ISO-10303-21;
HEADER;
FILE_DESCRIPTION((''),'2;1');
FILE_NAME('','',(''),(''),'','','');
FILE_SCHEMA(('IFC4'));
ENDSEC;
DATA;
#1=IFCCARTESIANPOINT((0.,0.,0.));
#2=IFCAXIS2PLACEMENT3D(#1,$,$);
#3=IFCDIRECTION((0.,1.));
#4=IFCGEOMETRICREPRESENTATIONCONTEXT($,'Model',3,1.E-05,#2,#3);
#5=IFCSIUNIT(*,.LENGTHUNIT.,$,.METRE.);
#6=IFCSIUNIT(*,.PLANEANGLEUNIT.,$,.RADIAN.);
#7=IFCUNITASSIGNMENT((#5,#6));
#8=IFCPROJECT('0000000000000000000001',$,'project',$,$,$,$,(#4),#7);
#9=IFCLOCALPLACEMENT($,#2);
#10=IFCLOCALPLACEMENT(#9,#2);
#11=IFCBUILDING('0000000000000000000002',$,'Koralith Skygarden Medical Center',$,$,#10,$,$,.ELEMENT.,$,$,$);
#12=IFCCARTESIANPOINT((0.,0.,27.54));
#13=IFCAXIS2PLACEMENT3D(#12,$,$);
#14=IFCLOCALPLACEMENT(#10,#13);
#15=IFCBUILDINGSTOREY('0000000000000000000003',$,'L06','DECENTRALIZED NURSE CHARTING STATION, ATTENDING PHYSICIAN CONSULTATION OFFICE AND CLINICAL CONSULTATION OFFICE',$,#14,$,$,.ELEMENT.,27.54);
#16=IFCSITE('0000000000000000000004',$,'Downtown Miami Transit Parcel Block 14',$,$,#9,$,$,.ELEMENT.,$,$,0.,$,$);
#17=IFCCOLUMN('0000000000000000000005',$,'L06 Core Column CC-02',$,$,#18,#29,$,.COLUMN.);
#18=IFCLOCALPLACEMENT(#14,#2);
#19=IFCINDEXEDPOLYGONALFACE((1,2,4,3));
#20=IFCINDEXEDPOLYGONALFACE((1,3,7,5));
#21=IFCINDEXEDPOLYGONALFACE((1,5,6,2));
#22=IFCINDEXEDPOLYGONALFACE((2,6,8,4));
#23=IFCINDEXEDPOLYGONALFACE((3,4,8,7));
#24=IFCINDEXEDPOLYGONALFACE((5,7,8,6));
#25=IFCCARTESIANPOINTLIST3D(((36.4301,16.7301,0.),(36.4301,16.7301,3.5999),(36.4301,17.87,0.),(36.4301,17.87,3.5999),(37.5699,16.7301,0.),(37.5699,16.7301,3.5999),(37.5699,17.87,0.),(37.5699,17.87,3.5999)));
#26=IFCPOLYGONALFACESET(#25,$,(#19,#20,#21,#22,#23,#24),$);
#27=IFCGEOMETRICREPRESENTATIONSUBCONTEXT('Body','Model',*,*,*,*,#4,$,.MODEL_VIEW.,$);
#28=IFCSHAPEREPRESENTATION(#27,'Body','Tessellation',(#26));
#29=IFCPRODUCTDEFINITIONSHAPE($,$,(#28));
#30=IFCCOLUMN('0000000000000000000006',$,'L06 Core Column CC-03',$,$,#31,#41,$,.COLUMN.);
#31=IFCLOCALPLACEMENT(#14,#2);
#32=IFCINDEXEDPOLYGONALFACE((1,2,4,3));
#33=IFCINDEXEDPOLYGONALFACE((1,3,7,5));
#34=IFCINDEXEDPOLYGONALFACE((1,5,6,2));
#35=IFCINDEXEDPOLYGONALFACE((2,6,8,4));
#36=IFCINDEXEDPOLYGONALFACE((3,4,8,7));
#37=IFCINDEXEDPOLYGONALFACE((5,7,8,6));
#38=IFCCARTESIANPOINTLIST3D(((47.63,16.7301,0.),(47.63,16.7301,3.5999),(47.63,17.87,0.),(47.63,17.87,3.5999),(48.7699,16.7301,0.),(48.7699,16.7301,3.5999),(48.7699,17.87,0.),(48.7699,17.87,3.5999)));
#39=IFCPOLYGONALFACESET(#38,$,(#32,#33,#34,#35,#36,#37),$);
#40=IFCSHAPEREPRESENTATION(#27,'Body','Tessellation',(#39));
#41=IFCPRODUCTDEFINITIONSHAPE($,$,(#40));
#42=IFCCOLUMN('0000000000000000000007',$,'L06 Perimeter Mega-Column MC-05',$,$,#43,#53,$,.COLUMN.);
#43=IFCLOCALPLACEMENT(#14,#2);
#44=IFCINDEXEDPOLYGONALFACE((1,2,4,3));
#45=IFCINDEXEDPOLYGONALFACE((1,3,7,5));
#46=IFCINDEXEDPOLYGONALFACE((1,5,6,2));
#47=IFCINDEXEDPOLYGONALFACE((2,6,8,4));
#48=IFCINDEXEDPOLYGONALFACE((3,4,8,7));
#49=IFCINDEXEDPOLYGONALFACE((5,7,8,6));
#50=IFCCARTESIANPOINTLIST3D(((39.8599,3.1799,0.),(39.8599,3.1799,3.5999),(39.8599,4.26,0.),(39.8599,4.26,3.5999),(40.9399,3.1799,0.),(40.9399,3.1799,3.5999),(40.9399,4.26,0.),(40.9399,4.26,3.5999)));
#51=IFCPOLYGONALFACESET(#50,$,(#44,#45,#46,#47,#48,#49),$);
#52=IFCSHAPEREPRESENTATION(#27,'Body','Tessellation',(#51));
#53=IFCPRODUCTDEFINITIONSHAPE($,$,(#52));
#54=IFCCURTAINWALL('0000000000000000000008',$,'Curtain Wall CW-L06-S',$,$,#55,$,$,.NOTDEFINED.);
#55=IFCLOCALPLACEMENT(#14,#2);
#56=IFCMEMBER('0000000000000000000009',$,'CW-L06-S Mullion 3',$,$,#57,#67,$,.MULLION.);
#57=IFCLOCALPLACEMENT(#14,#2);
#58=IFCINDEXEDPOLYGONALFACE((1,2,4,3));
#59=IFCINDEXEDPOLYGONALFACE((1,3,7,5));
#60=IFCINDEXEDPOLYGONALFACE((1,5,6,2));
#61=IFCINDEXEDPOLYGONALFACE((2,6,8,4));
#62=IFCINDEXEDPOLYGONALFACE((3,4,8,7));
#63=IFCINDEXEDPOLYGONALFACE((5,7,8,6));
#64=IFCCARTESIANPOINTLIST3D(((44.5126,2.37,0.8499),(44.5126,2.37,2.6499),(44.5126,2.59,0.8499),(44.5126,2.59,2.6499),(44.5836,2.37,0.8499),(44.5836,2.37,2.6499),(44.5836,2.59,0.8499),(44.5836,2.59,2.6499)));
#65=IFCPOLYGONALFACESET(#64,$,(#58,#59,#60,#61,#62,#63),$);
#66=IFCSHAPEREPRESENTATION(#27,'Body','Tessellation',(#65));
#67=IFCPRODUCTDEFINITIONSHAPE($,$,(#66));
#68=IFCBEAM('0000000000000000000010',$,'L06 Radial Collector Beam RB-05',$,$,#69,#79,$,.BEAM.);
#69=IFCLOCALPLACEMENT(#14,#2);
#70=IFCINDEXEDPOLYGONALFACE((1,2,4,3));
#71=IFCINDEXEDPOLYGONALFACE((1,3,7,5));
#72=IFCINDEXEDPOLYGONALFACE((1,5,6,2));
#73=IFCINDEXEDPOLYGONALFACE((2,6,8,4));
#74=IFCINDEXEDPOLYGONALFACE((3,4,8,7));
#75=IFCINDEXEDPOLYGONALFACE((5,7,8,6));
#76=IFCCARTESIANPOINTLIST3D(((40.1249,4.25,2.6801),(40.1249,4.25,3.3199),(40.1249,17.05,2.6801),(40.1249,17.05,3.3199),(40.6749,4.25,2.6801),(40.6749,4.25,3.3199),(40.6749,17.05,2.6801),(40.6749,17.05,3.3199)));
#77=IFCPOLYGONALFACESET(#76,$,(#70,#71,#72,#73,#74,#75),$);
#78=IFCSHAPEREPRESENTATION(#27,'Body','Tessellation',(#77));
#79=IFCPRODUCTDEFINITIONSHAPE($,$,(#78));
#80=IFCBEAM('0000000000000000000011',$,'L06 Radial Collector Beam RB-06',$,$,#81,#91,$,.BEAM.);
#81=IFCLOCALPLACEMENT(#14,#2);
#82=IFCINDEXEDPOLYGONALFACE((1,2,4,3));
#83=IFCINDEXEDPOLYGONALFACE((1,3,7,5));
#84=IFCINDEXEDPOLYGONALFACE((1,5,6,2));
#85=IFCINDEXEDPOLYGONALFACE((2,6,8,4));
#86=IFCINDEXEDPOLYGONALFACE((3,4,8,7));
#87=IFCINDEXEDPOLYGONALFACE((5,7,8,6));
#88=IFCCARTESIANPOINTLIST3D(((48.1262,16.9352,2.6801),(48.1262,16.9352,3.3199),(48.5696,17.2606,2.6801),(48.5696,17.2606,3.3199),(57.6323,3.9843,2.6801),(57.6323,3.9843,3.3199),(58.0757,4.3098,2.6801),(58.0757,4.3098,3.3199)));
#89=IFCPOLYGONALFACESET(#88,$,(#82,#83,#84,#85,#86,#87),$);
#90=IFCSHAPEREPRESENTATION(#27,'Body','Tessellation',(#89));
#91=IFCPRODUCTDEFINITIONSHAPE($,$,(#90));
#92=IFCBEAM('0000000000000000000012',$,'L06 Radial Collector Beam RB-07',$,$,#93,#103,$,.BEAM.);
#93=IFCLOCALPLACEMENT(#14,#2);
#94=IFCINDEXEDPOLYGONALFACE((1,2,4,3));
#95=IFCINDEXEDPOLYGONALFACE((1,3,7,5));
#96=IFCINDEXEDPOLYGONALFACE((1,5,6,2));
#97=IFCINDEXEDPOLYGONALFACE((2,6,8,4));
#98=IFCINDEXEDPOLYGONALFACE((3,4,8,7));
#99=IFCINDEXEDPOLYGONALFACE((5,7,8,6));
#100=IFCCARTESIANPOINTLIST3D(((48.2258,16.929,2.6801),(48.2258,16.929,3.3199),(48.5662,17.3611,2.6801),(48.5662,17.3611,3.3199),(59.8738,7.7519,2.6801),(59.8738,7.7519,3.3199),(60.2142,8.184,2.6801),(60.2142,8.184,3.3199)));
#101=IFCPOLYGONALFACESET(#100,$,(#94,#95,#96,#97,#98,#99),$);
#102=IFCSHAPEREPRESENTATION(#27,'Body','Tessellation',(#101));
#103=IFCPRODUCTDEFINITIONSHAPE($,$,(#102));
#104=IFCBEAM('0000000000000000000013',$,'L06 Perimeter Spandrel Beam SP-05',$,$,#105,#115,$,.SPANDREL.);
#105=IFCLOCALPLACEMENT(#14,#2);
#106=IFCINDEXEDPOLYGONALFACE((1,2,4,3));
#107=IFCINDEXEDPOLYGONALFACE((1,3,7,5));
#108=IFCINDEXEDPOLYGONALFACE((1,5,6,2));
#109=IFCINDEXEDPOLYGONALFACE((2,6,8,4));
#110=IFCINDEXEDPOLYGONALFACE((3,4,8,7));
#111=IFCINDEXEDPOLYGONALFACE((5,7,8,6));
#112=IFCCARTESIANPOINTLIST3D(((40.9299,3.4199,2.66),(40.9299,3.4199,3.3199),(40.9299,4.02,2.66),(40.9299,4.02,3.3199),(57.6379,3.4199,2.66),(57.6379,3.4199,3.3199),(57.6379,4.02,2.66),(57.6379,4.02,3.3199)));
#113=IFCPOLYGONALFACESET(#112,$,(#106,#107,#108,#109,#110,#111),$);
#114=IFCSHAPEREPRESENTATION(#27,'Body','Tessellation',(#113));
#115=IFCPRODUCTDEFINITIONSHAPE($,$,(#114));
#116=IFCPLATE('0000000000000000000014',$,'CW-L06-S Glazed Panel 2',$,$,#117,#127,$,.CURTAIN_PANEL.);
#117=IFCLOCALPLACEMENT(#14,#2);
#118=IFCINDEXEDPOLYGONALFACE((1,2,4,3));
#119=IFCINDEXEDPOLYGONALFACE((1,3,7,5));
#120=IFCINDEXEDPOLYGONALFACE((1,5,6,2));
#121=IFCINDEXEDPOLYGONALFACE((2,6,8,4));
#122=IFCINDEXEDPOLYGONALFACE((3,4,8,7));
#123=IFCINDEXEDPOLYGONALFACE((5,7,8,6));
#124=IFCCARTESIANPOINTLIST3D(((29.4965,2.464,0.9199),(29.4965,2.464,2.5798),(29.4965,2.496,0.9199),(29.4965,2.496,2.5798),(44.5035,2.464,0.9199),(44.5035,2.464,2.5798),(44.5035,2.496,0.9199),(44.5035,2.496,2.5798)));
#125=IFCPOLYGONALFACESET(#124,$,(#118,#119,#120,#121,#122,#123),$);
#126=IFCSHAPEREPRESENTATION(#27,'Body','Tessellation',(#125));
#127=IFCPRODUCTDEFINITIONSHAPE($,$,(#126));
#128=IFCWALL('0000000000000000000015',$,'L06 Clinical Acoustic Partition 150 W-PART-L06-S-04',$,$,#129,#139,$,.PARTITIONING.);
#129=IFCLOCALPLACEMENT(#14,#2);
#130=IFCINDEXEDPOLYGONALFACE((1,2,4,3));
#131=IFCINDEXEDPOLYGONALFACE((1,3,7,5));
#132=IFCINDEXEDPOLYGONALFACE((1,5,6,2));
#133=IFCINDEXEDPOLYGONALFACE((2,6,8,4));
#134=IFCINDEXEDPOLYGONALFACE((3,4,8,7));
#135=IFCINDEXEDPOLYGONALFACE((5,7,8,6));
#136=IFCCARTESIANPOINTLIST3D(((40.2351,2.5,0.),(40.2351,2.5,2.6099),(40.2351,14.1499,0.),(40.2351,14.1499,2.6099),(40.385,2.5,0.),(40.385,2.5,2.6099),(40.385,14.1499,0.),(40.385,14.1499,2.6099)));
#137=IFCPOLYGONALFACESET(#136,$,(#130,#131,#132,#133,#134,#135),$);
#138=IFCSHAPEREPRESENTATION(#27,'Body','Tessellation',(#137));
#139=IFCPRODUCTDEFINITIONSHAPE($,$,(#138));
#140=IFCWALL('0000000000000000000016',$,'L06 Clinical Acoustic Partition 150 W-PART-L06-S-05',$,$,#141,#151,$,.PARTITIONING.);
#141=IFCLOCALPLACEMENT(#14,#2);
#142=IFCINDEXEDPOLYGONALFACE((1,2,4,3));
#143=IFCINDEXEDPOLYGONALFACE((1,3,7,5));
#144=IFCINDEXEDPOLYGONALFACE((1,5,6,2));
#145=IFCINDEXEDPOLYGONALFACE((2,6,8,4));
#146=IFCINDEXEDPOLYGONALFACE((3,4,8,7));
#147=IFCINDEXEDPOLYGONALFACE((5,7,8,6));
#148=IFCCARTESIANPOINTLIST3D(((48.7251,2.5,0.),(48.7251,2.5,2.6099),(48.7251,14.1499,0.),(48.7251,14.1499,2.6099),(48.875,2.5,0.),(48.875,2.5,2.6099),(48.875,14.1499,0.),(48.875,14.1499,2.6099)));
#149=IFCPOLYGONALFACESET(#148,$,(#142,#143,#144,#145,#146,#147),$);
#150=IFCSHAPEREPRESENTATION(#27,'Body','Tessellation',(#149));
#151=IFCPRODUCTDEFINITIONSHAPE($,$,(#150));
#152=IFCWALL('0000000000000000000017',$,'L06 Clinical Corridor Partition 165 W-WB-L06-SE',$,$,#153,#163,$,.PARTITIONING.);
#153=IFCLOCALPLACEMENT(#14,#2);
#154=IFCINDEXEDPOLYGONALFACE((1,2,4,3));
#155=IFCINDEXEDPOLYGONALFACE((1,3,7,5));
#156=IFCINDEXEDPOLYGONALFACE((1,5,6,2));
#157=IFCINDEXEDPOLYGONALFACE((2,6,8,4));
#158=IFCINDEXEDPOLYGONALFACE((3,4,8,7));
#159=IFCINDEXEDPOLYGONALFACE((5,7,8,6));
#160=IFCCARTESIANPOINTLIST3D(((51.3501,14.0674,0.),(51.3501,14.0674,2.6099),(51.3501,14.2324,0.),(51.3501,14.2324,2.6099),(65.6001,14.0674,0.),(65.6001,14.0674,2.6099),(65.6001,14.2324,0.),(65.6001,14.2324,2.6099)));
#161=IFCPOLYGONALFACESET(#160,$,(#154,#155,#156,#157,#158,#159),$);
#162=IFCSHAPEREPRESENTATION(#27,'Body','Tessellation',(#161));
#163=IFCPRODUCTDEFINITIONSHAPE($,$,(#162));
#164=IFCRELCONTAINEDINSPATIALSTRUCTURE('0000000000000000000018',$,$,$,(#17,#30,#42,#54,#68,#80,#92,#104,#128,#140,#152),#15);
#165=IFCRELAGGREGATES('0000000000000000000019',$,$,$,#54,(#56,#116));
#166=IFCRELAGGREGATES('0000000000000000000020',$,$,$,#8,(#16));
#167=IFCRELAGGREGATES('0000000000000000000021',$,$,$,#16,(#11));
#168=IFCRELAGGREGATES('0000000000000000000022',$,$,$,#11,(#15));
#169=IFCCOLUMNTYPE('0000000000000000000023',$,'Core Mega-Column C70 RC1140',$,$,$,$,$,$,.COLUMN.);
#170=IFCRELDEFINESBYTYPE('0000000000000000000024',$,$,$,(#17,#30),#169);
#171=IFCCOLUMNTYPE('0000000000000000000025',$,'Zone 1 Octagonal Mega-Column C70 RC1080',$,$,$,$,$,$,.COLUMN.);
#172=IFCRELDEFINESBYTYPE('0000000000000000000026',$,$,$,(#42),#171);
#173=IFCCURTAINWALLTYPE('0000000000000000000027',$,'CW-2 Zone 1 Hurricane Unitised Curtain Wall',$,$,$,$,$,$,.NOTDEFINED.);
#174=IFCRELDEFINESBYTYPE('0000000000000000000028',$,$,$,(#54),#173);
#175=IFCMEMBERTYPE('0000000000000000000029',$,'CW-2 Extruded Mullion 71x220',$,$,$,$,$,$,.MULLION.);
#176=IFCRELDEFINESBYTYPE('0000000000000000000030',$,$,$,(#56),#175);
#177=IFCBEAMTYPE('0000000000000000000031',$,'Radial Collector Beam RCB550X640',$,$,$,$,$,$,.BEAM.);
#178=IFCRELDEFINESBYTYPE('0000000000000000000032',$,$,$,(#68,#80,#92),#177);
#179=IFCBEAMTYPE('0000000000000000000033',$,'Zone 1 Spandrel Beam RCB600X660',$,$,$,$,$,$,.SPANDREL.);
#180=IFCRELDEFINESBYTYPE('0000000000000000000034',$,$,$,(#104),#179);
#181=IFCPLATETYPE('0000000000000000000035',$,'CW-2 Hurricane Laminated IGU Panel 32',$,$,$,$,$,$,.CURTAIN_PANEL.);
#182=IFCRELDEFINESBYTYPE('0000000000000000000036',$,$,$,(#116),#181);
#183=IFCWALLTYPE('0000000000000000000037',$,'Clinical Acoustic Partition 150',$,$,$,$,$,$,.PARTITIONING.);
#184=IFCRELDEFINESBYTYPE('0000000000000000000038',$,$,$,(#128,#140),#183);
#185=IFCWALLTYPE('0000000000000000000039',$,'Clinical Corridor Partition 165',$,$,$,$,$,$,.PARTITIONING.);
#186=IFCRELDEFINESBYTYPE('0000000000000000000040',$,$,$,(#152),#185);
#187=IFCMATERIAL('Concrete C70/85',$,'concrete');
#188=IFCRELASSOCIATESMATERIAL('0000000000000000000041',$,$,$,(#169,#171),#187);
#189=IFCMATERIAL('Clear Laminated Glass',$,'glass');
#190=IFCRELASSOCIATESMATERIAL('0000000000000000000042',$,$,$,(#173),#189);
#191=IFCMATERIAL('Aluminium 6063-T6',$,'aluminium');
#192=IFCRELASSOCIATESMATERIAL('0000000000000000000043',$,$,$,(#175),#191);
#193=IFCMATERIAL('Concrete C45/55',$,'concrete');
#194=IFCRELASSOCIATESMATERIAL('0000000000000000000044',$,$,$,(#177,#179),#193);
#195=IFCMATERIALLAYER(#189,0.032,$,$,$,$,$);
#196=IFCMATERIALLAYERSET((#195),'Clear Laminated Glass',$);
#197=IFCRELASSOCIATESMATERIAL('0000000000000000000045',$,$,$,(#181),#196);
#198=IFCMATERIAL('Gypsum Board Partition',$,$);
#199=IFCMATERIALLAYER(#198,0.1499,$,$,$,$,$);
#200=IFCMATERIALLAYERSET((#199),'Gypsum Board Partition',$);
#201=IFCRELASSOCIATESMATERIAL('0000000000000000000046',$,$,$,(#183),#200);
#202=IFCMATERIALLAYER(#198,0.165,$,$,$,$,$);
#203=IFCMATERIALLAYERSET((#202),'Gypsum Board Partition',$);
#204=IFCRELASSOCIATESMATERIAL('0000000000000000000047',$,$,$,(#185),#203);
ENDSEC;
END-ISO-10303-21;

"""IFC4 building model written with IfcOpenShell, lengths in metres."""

from ifc_helpers import new_model, si_unit, direction, frame, frame_2d, origin, origin_2d, place, context, subcontext, project, spatial, rectangle, extrude, material, layer, layer_set, material_profile, profile_set, type_object, element, aggregate, save


model = new_model("IFC4")

# Units and contexts
model_context = context("Model", 3, precision=1e-05, world=origin(), true_north=direction((0.0, 1.0)))
body_context = subcontext(model_context, "Body", "Model", "MODEL_VIEW")
ifc_project = project(units=[si_unit("LENGTHUNIT", "METRE"), si_unit("PLANEANGLEUNIT", "RADIAN")], contexts=[model_context])

# Site, building, storey
site_placement = place(None, origin())
site = spatial("IfcSite", under=ifc_project, at=site_placement, Name="Downtown Miami Transit Parcel Block 14", CompositionType="ELEMENT", RefElevation=0.0)
building_placement = place(site_placement, origin())
building = spatial("IfcBuilding", under=site, at=building_placement, Name="Koralith Skygarden Medical Center", CompositionType="ELEMENT")
storey_placement = place(building_placement, frame((0.0, 0.0, 27.54)))
storey = spatial("IfcBuildingStorey", under=building, at=storey_placement, Name="L06", Description="DECENTRALIZED NURSE CHARTING STATION, ATTENDING PHYSICIAN CONSULTATION OFFICE AND CLINICAL CONSULTATION OFFICE", CompositionType="ELEMENT", Elevation=27.54)

# Columns
ifc_material_1 = material(Name="Concrete C70/85", Category="concrete")
ifc_material_profile_1 = material_profile(ifc_material_1, rectangle(XDim=1.1399, YDim=1.1399, at=origin_2d()), Name="RC1140X1140")
ifc_profile_set_1 = profile_set([ifc_material_profile_1], Name="Concrete C70/85")
column_type_1 = type_object("IfcColumnType", Name="Core Mega-Column C70 RC1140", PredefinedType="COLUMN", material=ifc_profile_set_1)
for number, where, z_axis, x_axis, name in (
    (1, (37.0, 17.3, 0.0), (0.0, 0.0, 1.0), (1.0, 0.0, 0.0), "L06 Core Column CC-02"),
    (2, (48.2, 17.3, 0.0), (0.0, 0.0, 1.0), (1.0, 0.0, 0.0), "L06 Core Column CC-03"),
):
    element("IfcColumn", number, at=place(storey_placement, frame(where, z_axis=z_axis, x_axis=x_axis)), inside=storey, type_object=column_type_1, Name=name, PredefinedType="COLUMN", context=body_context, shape_type="SweptSolid", body=[
        extrude(rectangle(XDim=1.1399, YDim=1.1399, at=origin_2d()), origin(), (0.0, 0.0, 1.0), 3.5999),
    ])
ifc_material_profile_2 = material_profile(ifc_material_1, rectangle(XDim=1.0801, YDim=1.0801, at=origin_2d()), Name="RC1080X1080")
ifc_profile_set_2 = profile_set([ifc_material_profile_2], Name="Concrete C70/85")
column_type_2 = type_object("IfcColumnType", Name="Zone 1 Octagonal Mega-Column C70 RC1080", PredefinedType="COLUMN", material=ifc_profile_set_2)
column_placement = place(storey_placement, frame((40.3999, 3.72, 0.0), z_axis=(0.0, 0.0, 1.0), x_axis=(1.0, 0.0, 0.0)))
element("IfcColumn", 3, at=column_placement, inside=storey, type_object=column_type_2, Name="L06 Perimeter Mega-Column MC-05", PredefinedType="COLUMN", context=body_context, shape_type="SweptSolid", body=[
    extrude(rectangle(XDim=1.0801, YDim=1.0801, at=origin_2d()), origin(), (0.0, 0.0, 1.0), 3.5999),
])

# Curtain wall, member
ifc_material_2 = material(Name="Clear Laminated Glass", Category="glass")
curtain_wall_type = type_object("IfcCurtainWallType", Name="CW-2 Zone 1 Hurricane Unitised Curtain Wall", PredefinedType="NOTDEFINED", material=ifc_material_2)
curtain_wall_placement = place(storey_placement, origin())
curtain_wall = element("IfcCurtainWall", 4, at=curtain_wall_placement, inside=storey, type_object=curtain_wall_type, Name="Curtain Wall CW-L06-S", PredefinedType="NOTDEFINED")
ifc_material_3 = material(Name="Aluminium 6063-T6", Category="aluminium")
ifc_material_profile_3 = material_profile(ifc_material_3, rectangle(XDim=0.071, YDim=0.22, at=origin_2d()), Name="MUL71X220")
ifc_profile_set_3 = profile_set([ifc_material_profile_3], Name="Aluminium 6063-T6")
member_type = type_object("IfcMemberType", Name="CW-2 Extruded Mullion 71x220", PredefinedType="MULLION", material=ifc_profile_set_3)
member_placement = place(storey_placement, frame((44.5481, 2.48, 0.8499), z_axis=(0.0, 0.0, 1.0), x_axis=(1.0, 0.0, 0.0)))
member = element("IfcMember", 5, at=member_placement, type_object=member_type, Name="CW-L06-S Mullion 3", PredefinedType="MULLION", context=body_context, shape_type="SweptSolid", body=[
    extrude(rectangle(XDim=0.071, YDim=0.22, at=origin_2d()), origin(), (0.0, 0.0, 1.0), 1.8),
])

# Beams
ifc_material_4 = material(Name="Concrete C45/55", Category="concrete")
ifc_material_profile_4 = material_profile(ifc_material_4, rectangle(XDim=0.55, YDim=0.6399, at=origin_2d()), Name="RCB550X640")
ifc_profile_set_4 = profile_set([ifc_material_profile_4], Name="Concrete C45/55")
beam_type_1 = type_object("IfcBeamType", Name="Radial Collector Beam RCB550X640", PredefinedType="BEAM", material=ifc_profile_set_4)
beam_1_placement = place(storey_placement, frame((40.3999, 17.05, 3.0), z_axis=(0.0, -1.0, 0.0), x_axis=(1.0, 0.0, 0.0)))
element("IfcBeam", 6, at=beam_1_placement, inside=storey, type_object=beam_type_1, Name="L06 Radial Collector Beam RB-05", PredefinedType="BEAM", context=body_context, shape_type="SweptSolid", body=[
    extrude(rectangle(XDim=0.55, YDim=0.6399, at=origin_2d()), origin(), (0.0, 0.0, 1.0), 12.8),
])
beam_2_placement = place(storey_placement, frame((48.3479, 17.0979, 3.0), z_axis=(0.591718, -0.806145, 0.0), x_axis=(0.806145, 0.591718, 0.0)))
element("IfcBeam", 7, at=beam_2_placement, inside=storey, type_object=beam_type_1, Name="L06 Radial Collector Beam RB-06", PredefinedType="BEAM", context=body_context, shape_type="SweptSolid", body=[
    extrude(rectangle(XDim=0.55, YDim=0.6399, at=origin_2d()), origin(), (0.0, 0.0, 1.0), 16.0652),
])
beam_3_placement = place(storey_placement, frame((48.396, 17.145, 3.0), z_axis=(0.785497, -0.618865, 0.0), x_axis=(0.618865, 0.785497, 0.0)))
element("IfcBeam", 8, at=beam_3_placement, inside=storey, type_object=beam_type_1, Name="L06 Radial Collector Beam RB-07", PredefinedType="BEAM", context=body_context, shape_type="SweptSolid", body=[
    extrude(rectangle(XDim=0.55, YDim=0.6399, at=origin_2d()), origin(), (0.0, 0.0, 1.0), 14.8289),
])
ifc_material_profile_5 = material_profile(ifc_material_4, rectangle(XDim=0.6001, YDim=0.6599, at=origin_2d()), Name="RCB600X660")
ifc_profile_set_5 = profile_set([ifc_material_profile_5], Name="Concrete C45/55")
beam_type_2 = type_object("IfcBeamType", Name="Zone 1 Spandrel Beam RCB600X660", PredefinedType="SPANDREL", material=ifc_profile_set_5)
beam_4_placement = place(storey_placement, frame((40.9299, 3.72, 2.99), z_axis=(1.0, 0.0, 0.0), x_axis=(0.0, 1.0, 0.0)))
element("IfcBeam", 9, at=beam_4_placement, inside=storey, type_object=beam_type_2, Name="L06 Perimeter Spandrel Beam SP-05", PredefinedType="SPANDREL", context=body_context, shape_type="SweptSolid", body=[
    extrude(rectangle(XDim=0.6001, YDim=0.6599, at=origin_2d()), origin(), (0.0, 0.0, 1.0), 16.708),
])

# Plate
ifc_layer_1 = layer(ifc_material_2, 0.032)
ifc_layer_set_1 = layer_set([ifc_layer_1], Name="Clear Laminated Glass")
plate_type = type_object("IfcPlateType", Name="CW-2 Hurricane Laminated IGU Panel 32", PredefinedType="CURTAIN_PANEL", material=ifc_layer_set_1)
plate_placement = place(storey_placement, frame((37.0, 2.48, 0.9199), z_axis=(0.0, 0.0, 1.0), x_axis=(1.0, 0.0, 0.0)))
plate = element("IfcPlate", 10, at=plate_placement, type_object=plate_type, Name="CW-L06-S Glazed Panel 2", PredefinedType="CURTAIN_PANEL", context=body_context, shape_type="SweptSolid", body=[
    extrude(rectangle(XDim=15.0071, YDim=0.032, at=origin_2d()), origin(), (0.0, 0.0, 1.0), 1.6599),
])
aggregate(curtain_wall, [member, plate])

# Walls
ifc_material_5 = material(Name="Gypsum Board Partition")
ifc_layer_2 = layer(ifc_material_5, 0.1499)
ifc_layer_set_2 = layer_set([ifc_layer_2], Name="Gypsum Board Partition")
wall_type_1 = type_object("IfcWallType", Name="Clinical Acoustic Partition 150", PredefinedType="PARTITIONING", material=ifc_layer_set_2)
for number, where, z_axis, x_axis, name in (
    (11, (40.3101, 14.1499, 0.0), (0.0, 0.0, 1.0), (0.0, -1.0, 0.0), "L06 Clinical Acoustic Partition 150 W-PART-L06-S-04"),
    (12, (48.8, 14.1499, 0.0), (0.0, 0.0, 1.0), (0.0, -1.0, 0.0), "L06 Clinical Acoustic Partition 150 W-PART-L06-S-05"),
):
    element("IfcWall", number, at=place(storey_placement, frame(where, z_axis=z_axis, x_axis=x_axis)), inside=storey, type_object=wall_type_1, Name=name, PredefinedType="PARTITIONING", context=body_context, shape_type="SweptSolid", body=[
        extrude(rectangle(XDim=11.6499, YDim=0.1499, at=frame_2d((5.825, 0.0))), origin(), (0.0, 0.0, 1.0), 2.6099),
    ])
ifc_layer_3 = layer(ifc_material_5, 0.165)
ifc_layer_set_3 = layer_set([ifc_layer_3], Name="Gypsum Board Partition")
wall_type_2 = type_object("IfcWallType", Name="Clinical Corridor Partition 165", PredefinedType="PARTITIONING", material=ifc_layer_set_3)
wall_1_placement = place(storey_placement, frame((51.3501, 14.1499, 0.0), z_axis=(0.0, 0.0, 1.0), x_axis=(1.0, 0.0, 0.0)))
element("IfcWall", 13, at=wall_1_placement, inside=storey, type_object=wall_type_2, Name="L06 Clinical Corridor Partition 165 W-WB-L06-SE", PredefinedType="PARTITIONING", context=body_context, shape_type="SweptSolid", body=[
    extrude(rectangle(XDim=14.25, YDim=0.165, at=frame_2d((7.125, 0.0))), origin(), (0.0, 0.0, 1.0), 2.6099),
])

save(model, "model.ifc")
